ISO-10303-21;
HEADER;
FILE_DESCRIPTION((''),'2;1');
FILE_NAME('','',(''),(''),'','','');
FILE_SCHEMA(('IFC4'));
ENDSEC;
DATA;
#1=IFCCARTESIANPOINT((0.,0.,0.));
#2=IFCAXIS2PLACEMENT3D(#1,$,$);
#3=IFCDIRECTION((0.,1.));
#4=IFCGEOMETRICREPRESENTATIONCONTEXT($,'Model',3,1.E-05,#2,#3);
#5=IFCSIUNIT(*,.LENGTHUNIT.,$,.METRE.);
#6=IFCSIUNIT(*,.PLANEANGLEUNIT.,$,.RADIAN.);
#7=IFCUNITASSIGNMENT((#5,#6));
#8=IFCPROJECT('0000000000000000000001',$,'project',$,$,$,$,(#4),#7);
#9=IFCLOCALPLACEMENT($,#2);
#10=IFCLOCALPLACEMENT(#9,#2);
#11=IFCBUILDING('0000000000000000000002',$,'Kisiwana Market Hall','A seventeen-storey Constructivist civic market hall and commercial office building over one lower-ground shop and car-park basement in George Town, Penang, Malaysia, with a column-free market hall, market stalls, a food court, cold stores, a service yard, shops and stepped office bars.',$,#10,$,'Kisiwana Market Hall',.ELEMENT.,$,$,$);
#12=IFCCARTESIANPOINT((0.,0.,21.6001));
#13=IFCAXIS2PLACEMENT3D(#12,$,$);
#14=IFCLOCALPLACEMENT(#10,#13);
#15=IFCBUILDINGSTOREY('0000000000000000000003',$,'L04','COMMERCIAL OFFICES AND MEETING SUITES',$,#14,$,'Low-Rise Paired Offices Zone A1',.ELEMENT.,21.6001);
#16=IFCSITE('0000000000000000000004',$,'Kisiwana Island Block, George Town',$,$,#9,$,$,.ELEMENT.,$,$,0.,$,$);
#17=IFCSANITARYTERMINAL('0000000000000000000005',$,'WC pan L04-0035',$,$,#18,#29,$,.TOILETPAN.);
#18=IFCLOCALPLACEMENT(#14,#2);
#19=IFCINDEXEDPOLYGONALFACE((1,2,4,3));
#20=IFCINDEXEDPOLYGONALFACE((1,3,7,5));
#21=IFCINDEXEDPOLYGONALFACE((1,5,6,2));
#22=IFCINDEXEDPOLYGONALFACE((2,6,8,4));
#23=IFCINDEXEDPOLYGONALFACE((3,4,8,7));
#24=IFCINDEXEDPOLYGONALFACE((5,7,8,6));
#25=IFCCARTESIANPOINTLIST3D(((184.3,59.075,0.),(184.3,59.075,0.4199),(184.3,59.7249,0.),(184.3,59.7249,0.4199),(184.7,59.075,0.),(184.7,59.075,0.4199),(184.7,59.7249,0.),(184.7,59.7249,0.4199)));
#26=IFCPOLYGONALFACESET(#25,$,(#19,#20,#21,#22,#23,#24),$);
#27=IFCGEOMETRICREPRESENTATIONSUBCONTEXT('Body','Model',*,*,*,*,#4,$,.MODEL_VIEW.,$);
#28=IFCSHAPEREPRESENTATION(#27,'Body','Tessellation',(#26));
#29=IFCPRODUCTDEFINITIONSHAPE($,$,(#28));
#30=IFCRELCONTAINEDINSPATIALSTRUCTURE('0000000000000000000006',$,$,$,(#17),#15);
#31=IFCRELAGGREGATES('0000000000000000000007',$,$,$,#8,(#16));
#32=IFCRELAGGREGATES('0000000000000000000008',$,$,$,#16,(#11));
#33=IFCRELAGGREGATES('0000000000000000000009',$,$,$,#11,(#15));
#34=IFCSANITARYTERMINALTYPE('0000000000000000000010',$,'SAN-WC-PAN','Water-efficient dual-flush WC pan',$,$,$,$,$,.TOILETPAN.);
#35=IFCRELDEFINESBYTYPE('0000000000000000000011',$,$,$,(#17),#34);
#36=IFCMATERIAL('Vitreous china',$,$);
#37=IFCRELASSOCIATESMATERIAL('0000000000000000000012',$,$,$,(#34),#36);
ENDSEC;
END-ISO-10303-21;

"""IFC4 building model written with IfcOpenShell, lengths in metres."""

from ifc_helpers import new_model, si_unit, direction, frame, origin, origin_2d, place, context, subcontext, project, spatial, rectangle, extrude, material, type_object, element, save


model = new_model("IFC4")

# Units and contexts
model_context = context("Model", 3, precision=1e-05, world=origin(), true_north=direction((0.0, 1.0)))
body_context = subcontext(model_context, "Body", "Model", "MODEL_VIEW")
ifc_project = project(units=[si_unit("LENGTHUNIT", "METRE"), si_unit("PLANEANGLEUNIT", "RADIAN")], contexts=[model_context])

# Site, building, storey
site_placement = place(None, origin())
site = spatial("IfcSite", under=ifc_project, at=site_placement, Name="Kisiwana Island Block, George Town", CompositionType="ELEMENT", RefElevation=0.0)
building_placement = place(site_placement, origin())
building = spatial("IfcBuilding", under=site, at=building_placement, Name="Kisiwana Market Hall", Description="A seventeen-storey Constructivist civic market hall and commercial office building over one lower-ground shop and car-park basement in George Town, Penang, Malaysia, with a column-free market hall, market stalls, a food court, cold stores, a service yard, shops and stepped office bars.", LongName="Kisiwana Market Hall", CompositionType="ELEMENT")
storey_placement = place(building_placement, frame((0.0, 0.0, 21.6001)))
storey = spatial("IfcBuildingStorey", under=building, at=storey_placement, Name="L04", Description="COMMERCIAL OFFICES AND MEETING SUITES", LongName="Low-Rise Paired Offices Zone A1", CompositionType="ELEMENT", Elevation=21.6001)

# Sanitary terminal
ifc_material_1 = material(Name="Vitreous china")
sanitary_terminal_type_1 = type_object("IfcSanitaryTerminalType", Name="SAN-WC-PAN", Description="Water-efficient dual-flush WC pan", PredefinedType="TOILETPAN", material=ifc_material_1)
for number, where, z_axis, x_axis, name in (
    (1, (184.5, 59.3999, 0.0), (0.0, 0.0, 1.0), (1.0, 0.0, 0.0), "WC pan L04-0035"),
):
    element("IfcSanitaryTerminal", number, at=place(storey_placement, frame(where, z_axis=z_axis, x_axis=x_axis)), inside=storey, type_object=sanitary_terminal_type_1, Name=name, PredefinedType="TOILETPAN", context=body_context, shape_type="SweptSolid", body=[
        extrude(rectangle(XDim=0.3999, YDim=0.6499, at=origin_2d()), origin(), (0.0, 0.0, 1.0), 0.4199),
    ])

save(model, "model.ifc")
